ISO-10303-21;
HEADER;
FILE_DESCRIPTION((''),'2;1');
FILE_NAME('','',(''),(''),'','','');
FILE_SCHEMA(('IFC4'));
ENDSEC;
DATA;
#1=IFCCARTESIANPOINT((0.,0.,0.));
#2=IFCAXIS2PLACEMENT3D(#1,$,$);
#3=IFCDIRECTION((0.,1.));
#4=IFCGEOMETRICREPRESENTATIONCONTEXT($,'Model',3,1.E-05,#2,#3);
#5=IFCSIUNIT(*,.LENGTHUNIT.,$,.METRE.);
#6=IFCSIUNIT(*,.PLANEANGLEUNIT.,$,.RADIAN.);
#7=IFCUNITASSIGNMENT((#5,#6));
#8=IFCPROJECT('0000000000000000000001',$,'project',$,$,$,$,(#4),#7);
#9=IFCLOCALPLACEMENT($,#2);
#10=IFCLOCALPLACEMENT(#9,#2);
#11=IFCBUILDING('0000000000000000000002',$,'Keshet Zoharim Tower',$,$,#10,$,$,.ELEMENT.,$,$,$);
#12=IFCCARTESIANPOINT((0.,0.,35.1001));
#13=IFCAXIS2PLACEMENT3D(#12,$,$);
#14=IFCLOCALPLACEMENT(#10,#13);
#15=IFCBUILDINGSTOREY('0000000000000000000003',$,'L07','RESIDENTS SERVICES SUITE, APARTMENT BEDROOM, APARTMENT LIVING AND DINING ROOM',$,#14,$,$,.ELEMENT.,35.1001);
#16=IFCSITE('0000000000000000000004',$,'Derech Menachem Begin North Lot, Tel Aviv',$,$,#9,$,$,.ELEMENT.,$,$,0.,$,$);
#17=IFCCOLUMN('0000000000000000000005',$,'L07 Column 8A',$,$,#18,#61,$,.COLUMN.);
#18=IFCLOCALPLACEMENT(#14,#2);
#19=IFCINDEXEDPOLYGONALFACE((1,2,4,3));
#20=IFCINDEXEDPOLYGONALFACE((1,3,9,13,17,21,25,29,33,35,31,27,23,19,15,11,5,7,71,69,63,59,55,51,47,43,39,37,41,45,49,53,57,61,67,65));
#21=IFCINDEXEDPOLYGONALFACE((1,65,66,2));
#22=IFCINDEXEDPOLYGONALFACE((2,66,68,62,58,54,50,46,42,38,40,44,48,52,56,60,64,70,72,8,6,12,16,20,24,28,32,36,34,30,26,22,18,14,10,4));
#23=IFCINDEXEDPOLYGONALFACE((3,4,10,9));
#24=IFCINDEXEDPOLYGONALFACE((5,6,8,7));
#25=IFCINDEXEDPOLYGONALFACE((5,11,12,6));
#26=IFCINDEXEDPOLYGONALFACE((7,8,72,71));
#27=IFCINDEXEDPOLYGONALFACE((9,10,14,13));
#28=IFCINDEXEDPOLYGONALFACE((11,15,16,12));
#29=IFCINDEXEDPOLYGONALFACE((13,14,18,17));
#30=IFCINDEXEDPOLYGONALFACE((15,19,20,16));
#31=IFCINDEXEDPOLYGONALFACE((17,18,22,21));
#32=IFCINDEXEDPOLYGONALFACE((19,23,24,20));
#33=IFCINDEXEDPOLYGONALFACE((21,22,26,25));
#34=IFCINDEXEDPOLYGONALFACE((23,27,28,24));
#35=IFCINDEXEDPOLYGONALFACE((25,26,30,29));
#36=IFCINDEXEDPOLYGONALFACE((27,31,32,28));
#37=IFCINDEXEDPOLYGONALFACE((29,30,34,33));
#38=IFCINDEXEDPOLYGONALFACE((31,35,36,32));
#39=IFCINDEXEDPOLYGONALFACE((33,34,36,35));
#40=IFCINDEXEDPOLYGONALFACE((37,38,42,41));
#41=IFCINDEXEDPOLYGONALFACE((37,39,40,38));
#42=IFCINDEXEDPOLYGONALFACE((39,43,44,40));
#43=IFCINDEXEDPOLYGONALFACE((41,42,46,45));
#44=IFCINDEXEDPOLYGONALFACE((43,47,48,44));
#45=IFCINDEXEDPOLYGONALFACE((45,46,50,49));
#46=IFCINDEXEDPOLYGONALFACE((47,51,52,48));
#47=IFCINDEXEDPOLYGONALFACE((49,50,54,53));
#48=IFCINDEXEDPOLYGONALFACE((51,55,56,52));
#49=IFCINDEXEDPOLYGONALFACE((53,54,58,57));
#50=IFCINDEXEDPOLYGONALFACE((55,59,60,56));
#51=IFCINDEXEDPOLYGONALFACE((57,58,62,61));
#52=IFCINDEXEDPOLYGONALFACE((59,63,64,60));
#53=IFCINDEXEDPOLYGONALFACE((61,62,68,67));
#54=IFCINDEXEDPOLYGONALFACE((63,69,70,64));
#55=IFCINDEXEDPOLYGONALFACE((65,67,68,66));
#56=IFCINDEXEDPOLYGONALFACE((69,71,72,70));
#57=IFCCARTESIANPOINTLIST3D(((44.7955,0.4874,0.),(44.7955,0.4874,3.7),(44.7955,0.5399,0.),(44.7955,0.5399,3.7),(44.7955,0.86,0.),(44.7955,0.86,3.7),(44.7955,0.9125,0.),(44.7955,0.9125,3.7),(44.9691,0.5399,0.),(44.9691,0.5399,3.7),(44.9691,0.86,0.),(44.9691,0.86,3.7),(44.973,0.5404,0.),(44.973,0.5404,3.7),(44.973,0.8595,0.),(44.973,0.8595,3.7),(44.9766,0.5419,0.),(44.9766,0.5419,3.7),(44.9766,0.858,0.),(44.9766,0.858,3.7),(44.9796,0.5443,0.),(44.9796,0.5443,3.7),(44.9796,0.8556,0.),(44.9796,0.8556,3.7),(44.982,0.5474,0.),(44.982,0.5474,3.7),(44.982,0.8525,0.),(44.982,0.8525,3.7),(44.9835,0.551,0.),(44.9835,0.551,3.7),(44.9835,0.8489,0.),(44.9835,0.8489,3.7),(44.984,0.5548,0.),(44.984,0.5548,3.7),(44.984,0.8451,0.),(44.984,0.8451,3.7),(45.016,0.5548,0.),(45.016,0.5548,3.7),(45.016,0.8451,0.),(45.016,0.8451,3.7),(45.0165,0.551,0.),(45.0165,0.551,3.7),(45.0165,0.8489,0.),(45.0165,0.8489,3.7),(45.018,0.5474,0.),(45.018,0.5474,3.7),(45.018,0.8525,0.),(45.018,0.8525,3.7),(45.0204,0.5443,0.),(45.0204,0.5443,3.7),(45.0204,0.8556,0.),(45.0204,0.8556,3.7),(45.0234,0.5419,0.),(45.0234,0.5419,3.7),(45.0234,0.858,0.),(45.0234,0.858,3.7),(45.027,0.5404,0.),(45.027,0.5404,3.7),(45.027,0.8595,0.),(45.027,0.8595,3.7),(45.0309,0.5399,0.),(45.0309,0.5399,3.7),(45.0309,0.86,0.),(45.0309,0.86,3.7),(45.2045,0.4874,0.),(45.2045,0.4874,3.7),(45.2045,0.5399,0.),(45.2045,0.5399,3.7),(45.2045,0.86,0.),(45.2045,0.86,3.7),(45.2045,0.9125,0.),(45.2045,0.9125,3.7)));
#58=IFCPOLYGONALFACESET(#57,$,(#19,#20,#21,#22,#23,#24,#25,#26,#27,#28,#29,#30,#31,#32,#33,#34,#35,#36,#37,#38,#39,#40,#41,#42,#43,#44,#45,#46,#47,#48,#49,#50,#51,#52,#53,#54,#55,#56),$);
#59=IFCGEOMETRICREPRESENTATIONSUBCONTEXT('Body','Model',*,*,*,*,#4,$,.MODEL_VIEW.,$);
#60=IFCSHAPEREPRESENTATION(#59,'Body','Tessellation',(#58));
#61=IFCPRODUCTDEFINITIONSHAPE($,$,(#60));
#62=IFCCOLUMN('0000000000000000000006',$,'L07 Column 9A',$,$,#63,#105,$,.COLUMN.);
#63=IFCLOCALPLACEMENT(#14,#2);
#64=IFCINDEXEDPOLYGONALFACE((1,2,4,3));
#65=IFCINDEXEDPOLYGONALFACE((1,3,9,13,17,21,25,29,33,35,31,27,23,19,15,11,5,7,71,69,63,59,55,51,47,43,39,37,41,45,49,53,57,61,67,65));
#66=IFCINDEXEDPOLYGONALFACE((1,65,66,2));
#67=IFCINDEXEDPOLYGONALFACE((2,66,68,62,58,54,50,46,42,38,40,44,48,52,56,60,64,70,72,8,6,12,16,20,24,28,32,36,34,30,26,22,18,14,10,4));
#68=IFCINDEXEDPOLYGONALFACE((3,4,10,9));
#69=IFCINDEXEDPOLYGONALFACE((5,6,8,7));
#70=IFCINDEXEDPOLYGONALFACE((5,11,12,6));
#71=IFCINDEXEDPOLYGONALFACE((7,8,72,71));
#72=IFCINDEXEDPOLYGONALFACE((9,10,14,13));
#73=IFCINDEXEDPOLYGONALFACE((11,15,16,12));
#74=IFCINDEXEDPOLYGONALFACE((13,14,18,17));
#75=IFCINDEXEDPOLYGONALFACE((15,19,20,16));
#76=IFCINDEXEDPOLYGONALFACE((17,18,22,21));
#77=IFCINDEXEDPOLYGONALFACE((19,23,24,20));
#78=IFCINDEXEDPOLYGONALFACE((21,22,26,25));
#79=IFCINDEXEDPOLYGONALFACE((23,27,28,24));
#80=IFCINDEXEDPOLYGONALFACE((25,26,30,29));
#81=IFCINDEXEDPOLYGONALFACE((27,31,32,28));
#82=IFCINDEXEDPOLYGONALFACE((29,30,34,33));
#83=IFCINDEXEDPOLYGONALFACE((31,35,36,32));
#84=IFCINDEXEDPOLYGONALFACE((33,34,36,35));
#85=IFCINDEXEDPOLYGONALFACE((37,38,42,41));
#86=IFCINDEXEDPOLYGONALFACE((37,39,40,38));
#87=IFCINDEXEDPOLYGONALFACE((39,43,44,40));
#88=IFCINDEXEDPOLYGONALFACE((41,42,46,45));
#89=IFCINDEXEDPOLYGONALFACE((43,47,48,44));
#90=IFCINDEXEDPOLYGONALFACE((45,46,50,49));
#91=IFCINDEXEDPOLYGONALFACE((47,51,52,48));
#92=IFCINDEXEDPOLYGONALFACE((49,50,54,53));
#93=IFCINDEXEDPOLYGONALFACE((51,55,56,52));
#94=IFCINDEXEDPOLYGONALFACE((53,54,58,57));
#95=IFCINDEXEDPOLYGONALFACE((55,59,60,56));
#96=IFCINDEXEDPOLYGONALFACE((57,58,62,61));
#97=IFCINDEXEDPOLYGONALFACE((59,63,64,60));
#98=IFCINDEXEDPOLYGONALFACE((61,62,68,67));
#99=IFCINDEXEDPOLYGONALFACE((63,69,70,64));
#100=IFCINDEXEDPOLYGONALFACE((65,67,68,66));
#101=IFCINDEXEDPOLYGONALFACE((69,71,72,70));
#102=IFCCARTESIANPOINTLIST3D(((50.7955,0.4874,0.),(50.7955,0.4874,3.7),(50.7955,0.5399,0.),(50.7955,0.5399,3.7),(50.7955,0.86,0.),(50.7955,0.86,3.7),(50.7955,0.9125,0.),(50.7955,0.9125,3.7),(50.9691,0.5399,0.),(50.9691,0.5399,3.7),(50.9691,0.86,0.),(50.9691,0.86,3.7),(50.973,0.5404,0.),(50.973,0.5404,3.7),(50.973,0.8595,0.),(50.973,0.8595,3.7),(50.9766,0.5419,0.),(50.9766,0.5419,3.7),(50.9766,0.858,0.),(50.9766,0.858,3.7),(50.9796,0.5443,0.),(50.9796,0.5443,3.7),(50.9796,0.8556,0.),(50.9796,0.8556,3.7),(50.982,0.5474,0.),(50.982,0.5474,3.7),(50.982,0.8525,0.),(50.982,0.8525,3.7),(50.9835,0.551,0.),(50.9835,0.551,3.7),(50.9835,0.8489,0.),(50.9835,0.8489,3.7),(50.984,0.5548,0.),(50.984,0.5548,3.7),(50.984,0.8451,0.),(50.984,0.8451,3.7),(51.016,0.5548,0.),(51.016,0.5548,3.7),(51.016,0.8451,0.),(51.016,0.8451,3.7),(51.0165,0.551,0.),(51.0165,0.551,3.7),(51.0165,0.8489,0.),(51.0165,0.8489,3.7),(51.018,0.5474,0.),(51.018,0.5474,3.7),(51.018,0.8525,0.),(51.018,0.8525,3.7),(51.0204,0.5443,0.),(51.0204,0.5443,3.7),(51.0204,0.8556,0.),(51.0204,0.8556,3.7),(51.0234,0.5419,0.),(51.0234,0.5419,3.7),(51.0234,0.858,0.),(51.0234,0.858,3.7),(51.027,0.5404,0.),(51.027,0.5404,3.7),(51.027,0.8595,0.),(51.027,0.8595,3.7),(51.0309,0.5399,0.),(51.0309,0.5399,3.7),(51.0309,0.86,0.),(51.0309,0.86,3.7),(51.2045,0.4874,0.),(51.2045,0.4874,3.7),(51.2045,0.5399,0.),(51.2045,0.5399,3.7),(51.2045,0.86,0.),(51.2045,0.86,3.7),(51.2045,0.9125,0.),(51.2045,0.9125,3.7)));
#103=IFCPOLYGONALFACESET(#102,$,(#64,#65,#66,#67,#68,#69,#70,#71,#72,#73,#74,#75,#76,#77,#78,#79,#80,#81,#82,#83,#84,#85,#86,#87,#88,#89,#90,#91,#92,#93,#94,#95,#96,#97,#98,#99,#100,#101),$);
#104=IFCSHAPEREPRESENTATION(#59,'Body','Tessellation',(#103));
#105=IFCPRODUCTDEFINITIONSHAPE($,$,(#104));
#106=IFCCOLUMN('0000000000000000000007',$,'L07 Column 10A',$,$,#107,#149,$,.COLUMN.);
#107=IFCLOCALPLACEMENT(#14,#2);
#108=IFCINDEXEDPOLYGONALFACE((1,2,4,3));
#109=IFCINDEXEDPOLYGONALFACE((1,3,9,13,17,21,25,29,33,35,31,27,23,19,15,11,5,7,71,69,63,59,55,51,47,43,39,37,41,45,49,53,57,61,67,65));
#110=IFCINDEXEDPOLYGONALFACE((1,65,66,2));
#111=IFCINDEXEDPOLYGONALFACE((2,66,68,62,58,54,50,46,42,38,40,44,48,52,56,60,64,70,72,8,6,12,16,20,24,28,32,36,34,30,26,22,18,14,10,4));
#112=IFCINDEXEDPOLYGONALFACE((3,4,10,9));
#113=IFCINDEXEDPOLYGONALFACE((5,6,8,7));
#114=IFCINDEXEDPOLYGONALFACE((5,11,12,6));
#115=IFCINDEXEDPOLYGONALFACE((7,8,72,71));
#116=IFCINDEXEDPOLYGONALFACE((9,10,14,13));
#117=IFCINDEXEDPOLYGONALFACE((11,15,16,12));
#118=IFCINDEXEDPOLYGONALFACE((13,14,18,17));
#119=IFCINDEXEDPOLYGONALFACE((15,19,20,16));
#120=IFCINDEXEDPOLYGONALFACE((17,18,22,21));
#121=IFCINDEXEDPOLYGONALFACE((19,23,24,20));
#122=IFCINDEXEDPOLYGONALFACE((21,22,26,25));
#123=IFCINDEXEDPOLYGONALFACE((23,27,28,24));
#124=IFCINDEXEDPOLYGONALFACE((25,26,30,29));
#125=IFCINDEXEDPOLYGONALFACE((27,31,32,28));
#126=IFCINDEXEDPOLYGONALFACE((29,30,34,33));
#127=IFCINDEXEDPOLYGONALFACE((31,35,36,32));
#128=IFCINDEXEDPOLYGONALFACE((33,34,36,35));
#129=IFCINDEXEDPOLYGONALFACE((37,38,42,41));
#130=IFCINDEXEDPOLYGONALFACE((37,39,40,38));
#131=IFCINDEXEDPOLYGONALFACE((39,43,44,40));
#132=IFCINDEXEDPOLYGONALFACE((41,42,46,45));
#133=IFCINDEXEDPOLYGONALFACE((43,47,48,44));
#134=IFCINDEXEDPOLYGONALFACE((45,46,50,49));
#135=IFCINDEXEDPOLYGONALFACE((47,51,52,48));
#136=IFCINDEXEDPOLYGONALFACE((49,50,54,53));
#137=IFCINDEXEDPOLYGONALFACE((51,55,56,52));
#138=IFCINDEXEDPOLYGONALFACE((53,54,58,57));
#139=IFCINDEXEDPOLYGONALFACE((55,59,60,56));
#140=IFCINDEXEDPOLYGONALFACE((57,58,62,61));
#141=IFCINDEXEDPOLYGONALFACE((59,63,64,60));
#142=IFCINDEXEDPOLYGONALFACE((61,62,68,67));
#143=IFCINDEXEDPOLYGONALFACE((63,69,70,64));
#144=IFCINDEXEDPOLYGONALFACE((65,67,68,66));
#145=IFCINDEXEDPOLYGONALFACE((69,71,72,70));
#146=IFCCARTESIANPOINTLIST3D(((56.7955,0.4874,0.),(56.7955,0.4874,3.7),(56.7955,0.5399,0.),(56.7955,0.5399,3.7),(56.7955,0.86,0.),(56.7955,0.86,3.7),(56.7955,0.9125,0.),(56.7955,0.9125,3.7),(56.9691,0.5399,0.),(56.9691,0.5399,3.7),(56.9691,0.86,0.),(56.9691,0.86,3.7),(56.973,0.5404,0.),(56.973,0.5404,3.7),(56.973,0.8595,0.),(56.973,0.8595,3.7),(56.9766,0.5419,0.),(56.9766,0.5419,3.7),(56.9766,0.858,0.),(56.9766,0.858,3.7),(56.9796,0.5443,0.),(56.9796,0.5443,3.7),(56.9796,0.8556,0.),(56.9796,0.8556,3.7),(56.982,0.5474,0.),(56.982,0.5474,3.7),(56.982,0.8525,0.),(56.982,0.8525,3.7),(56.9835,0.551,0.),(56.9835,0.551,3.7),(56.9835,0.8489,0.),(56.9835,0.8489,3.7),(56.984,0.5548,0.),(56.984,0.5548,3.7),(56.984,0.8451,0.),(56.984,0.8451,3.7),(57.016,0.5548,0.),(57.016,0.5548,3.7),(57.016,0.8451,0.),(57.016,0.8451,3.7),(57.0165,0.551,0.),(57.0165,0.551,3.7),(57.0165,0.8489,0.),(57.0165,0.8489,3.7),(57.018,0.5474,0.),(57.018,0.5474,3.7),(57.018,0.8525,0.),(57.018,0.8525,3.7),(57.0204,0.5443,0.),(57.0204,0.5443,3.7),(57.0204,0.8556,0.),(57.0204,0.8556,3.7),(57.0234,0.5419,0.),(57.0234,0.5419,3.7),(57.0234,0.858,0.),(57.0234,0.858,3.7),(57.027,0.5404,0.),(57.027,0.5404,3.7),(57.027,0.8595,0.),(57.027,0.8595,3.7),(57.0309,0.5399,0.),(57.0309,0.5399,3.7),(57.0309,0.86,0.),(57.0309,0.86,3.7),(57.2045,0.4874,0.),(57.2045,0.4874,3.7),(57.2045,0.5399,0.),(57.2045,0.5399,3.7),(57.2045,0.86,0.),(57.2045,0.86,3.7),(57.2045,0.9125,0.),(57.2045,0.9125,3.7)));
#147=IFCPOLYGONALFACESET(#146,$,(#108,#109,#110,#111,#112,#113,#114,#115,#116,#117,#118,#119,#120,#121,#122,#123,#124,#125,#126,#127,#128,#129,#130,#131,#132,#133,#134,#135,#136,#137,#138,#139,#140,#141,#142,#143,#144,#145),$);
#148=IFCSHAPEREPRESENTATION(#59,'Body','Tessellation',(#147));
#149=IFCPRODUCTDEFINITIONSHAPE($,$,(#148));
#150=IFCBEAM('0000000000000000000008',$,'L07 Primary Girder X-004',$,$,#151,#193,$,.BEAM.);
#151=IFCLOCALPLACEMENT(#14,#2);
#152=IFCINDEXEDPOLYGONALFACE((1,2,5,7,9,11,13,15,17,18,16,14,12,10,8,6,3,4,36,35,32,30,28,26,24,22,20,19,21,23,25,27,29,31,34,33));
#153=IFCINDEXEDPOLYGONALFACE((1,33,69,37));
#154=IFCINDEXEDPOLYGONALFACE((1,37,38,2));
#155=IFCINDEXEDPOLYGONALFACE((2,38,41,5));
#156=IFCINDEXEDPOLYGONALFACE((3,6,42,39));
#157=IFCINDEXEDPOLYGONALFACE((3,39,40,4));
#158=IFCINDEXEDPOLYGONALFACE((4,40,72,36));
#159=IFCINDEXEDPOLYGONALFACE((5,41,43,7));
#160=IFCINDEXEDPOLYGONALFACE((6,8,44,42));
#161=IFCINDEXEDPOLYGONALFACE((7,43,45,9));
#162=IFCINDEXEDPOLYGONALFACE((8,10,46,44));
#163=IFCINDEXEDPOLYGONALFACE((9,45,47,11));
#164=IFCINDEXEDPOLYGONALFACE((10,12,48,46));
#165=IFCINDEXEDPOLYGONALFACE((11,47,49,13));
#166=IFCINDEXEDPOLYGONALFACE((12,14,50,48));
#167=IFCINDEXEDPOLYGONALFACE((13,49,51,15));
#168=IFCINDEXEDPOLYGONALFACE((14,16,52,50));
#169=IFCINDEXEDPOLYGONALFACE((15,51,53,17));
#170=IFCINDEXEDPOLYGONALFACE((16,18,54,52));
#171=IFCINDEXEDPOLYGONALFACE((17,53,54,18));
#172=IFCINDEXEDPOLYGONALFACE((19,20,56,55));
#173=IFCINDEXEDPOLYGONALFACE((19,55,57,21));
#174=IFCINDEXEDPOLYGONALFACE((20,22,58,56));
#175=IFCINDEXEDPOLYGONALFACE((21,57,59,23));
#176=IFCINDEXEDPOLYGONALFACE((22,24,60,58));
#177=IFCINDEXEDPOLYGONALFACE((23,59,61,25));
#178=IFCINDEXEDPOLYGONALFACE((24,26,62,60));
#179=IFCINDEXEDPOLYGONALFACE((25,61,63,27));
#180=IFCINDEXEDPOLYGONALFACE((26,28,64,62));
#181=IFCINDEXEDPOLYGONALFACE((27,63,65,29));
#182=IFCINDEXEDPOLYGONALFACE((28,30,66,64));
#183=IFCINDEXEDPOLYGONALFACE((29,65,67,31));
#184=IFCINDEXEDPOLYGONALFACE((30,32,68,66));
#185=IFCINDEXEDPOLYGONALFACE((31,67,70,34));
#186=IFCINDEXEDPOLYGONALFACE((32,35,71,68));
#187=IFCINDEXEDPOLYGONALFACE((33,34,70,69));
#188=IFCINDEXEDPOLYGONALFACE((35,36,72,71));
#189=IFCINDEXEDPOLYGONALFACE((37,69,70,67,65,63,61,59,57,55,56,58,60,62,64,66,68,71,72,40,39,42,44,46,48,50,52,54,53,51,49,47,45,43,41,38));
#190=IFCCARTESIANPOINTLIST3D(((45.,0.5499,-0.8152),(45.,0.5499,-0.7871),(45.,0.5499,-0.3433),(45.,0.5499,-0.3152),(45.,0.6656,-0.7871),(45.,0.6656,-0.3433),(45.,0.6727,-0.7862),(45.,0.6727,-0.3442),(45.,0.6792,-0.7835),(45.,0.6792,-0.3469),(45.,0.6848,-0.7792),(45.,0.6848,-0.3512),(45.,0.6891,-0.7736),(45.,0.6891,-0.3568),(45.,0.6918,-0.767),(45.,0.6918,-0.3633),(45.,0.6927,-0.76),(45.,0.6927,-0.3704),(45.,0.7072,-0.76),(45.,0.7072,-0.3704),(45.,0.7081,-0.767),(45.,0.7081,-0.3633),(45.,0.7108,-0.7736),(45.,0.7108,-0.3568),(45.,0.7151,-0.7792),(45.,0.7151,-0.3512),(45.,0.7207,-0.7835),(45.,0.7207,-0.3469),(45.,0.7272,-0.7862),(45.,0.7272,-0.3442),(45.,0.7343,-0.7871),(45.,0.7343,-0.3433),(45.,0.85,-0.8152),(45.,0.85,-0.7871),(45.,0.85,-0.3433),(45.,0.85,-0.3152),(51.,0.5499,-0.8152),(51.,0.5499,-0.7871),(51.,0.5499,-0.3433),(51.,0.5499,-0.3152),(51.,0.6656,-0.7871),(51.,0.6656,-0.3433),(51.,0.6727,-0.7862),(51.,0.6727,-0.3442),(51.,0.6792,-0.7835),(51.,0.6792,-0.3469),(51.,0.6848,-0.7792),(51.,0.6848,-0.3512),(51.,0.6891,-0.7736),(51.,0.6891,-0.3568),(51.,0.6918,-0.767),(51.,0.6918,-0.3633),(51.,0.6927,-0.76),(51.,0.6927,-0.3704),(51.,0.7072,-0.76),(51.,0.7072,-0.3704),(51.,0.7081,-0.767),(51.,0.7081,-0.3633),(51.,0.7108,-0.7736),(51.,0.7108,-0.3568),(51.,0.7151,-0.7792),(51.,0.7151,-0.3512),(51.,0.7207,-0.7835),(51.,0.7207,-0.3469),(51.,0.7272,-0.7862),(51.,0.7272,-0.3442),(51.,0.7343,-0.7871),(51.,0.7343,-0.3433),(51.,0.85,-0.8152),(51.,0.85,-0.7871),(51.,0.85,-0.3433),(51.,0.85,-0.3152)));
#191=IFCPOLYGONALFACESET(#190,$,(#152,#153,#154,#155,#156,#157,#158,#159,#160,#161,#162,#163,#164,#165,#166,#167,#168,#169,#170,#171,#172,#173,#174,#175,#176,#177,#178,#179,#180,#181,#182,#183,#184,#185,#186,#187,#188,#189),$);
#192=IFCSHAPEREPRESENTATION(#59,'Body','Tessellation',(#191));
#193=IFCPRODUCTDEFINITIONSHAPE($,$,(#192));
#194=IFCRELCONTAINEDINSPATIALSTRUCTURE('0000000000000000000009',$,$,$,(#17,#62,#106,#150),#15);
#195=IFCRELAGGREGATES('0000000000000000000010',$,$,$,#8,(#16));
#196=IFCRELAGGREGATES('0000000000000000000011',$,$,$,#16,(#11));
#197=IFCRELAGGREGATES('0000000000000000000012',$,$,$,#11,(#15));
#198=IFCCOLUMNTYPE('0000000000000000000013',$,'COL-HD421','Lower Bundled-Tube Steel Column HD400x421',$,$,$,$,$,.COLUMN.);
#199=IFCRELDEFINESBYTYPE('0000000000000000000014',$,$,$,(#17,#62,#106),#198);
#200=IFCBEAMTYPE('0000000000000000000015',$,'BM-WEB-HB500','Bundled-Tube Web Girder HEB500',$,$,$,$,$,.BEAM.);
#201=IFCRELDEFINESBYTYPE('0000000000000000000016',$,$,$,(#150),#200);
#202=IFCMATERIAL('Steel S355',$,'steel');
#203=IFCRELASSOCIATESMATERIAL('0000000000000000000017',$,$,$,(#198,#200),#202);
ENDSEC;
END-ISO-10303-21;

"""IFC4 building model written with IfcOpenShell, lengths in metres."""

from ifc_helpers import new_model, si_unit, direction, frame, origin, origin_2d, place, context, subcontext, project, spatial, i_section, extrude, material, material_profile, profile_set, type_object, element, save


model = new_model("IFC4")

# Units and contexts
model_context = context("Model", 3, precision=1e-05, world=origin(), true_north=direction((0.0, 1.0)))
body_context = subcontext(model_context, "Body", "Model", "MODEL_VIEW")
ifc_project = project(units=[si_unit("LENGTHUNIT", "METRE"), si_unit("PLANEANGLEUNIT", "RADIAN")], contexts=[model_context])

# Site, building, storey
site_placement = place(None, origin())
site = spatial("IfcSite", under=ifc_project, at=site_placement, Name="Derech Menachem Begin North Lot, Tel Aviv", CompositionType="ELEMENT", RefElevation=0.0)
building_placement = place(site_placement, origin())
building = spatial("IfcBuilding", under=site, at=building_placement, Name="Keshet Zoharim Tower", CompositionType="ELEMENT")
storey_placement = place(building_placement, frame((0.0, 0.0, 35.1001)))
storey = spatial("IfcBuildingStorey", under=building, at=storey_placement, Name="L07", Description="RESIDENTS SERVICES SUITE, APARTMENT BEDROOM, APARTMENT LIVING AND DINING ROOM", CompositionType="ELEMENT", Elevation=35.1001)

# Columns
ifc_material_1 = material(Name="Steel S355", Category="steel")
ifc_material_profile_1 = material_profile(ifc_material_1, i_section(OverallWidth=0.4089, OverallDepth=0.425, WebThickness=0.032, FlangeThickness=0.0525, FilletRadius=0.0149, at=origin_2d()), Name="HD400x421")
ifc_profile_set_1 = profile_set([ifc_material_profile_1], Name="Steel S355")
column_type = type_object("IfcColumnType", Name="COL-HD421", Description="Lower Bundled-Tube Steel Column HD400x421", PredefinedType="COLUMN", material=ifc_profile_set_1)
for number, where, z_axis, x_axis, name in (
    (1, (45.0, 0.7, 0.0), (0.0, 0.0, 1.0), (1.0, 0.0, 0.0), "L07 Column 8A"),
    (2, (51.0, 0.7, 0.0), (0.0, 0.0, 1.0), (1.0, 0.0, 0.0), "L07 Column 9A"),
    (3, (57.0, 0.7, 0.0), (0.0, 0.0, 1.0), (1.0, 0.0, 0.0), "L07 Column 10A"),
):
    element("IfcColumn", number, at=place(storey_placement, frame(where, z_axis=z_axis, x_axis=x_axis)), inside=storey, type_object=column_type, Name=name, PredefinedType="COLUMN", context=body_context, shape_type="SweptSolid", body=[
        extrude(i_section(OverallWidth=0.4089, OverallDepth=0.425, WebThickness=0.032, FlangeThickness=0.0525, FilletRadius=0.0149, at=origin_2d()), origin(), (0.0, 0.0, 1.0), 3.7),
    ])

# Beam
ifc_material_profile_2 = material_profile(ifc_material_1, i_section(OverallWidth=0.3, OverallDepth=0.5, WebThickness=0.0144, FlangeThickness=0.0281, FilletRadius=0.0271, at=origin_2d()), Name="HEB500")
ifc_profile_set_2 = profile_set([ifc_material_profile_2], Name="Steel S355")
beam_type = type_object("IfcBeamType", Name="BM-WEB-HB500", Description="Bundled-Tube Web Girder HEB500", PredefinedType="BEAM", material=ifc_profile_set_2)
for number, where, z_axis, x_axis, name in (
    (4, (45.0, 0.7, -0.5652), (1.0, 0.0, 0.0), (0.0, 1.0, 0.0), "L07 Primary Girder X-004"),
):
    element("IfcBeam", number, at=place(storey_placement, frame(where, z_axis=z_axis, x_axis=x_axis)), inside=storey, type_object=beam_type, Name=name, PredefinedType="BEAM", context=body_context, shape_type="SweptSolid", body=[
        extrude(i_section(OverallWidth=0.3, OverallDepth=0.5, WebThickness=0.0144, FlangeThickness=0.0281, FilletRadius=0.0271, at=origin_2d()), origin(), (0.0, 0.0, 1.0), 6.0),
    ])

save(model, "model.ifc")
